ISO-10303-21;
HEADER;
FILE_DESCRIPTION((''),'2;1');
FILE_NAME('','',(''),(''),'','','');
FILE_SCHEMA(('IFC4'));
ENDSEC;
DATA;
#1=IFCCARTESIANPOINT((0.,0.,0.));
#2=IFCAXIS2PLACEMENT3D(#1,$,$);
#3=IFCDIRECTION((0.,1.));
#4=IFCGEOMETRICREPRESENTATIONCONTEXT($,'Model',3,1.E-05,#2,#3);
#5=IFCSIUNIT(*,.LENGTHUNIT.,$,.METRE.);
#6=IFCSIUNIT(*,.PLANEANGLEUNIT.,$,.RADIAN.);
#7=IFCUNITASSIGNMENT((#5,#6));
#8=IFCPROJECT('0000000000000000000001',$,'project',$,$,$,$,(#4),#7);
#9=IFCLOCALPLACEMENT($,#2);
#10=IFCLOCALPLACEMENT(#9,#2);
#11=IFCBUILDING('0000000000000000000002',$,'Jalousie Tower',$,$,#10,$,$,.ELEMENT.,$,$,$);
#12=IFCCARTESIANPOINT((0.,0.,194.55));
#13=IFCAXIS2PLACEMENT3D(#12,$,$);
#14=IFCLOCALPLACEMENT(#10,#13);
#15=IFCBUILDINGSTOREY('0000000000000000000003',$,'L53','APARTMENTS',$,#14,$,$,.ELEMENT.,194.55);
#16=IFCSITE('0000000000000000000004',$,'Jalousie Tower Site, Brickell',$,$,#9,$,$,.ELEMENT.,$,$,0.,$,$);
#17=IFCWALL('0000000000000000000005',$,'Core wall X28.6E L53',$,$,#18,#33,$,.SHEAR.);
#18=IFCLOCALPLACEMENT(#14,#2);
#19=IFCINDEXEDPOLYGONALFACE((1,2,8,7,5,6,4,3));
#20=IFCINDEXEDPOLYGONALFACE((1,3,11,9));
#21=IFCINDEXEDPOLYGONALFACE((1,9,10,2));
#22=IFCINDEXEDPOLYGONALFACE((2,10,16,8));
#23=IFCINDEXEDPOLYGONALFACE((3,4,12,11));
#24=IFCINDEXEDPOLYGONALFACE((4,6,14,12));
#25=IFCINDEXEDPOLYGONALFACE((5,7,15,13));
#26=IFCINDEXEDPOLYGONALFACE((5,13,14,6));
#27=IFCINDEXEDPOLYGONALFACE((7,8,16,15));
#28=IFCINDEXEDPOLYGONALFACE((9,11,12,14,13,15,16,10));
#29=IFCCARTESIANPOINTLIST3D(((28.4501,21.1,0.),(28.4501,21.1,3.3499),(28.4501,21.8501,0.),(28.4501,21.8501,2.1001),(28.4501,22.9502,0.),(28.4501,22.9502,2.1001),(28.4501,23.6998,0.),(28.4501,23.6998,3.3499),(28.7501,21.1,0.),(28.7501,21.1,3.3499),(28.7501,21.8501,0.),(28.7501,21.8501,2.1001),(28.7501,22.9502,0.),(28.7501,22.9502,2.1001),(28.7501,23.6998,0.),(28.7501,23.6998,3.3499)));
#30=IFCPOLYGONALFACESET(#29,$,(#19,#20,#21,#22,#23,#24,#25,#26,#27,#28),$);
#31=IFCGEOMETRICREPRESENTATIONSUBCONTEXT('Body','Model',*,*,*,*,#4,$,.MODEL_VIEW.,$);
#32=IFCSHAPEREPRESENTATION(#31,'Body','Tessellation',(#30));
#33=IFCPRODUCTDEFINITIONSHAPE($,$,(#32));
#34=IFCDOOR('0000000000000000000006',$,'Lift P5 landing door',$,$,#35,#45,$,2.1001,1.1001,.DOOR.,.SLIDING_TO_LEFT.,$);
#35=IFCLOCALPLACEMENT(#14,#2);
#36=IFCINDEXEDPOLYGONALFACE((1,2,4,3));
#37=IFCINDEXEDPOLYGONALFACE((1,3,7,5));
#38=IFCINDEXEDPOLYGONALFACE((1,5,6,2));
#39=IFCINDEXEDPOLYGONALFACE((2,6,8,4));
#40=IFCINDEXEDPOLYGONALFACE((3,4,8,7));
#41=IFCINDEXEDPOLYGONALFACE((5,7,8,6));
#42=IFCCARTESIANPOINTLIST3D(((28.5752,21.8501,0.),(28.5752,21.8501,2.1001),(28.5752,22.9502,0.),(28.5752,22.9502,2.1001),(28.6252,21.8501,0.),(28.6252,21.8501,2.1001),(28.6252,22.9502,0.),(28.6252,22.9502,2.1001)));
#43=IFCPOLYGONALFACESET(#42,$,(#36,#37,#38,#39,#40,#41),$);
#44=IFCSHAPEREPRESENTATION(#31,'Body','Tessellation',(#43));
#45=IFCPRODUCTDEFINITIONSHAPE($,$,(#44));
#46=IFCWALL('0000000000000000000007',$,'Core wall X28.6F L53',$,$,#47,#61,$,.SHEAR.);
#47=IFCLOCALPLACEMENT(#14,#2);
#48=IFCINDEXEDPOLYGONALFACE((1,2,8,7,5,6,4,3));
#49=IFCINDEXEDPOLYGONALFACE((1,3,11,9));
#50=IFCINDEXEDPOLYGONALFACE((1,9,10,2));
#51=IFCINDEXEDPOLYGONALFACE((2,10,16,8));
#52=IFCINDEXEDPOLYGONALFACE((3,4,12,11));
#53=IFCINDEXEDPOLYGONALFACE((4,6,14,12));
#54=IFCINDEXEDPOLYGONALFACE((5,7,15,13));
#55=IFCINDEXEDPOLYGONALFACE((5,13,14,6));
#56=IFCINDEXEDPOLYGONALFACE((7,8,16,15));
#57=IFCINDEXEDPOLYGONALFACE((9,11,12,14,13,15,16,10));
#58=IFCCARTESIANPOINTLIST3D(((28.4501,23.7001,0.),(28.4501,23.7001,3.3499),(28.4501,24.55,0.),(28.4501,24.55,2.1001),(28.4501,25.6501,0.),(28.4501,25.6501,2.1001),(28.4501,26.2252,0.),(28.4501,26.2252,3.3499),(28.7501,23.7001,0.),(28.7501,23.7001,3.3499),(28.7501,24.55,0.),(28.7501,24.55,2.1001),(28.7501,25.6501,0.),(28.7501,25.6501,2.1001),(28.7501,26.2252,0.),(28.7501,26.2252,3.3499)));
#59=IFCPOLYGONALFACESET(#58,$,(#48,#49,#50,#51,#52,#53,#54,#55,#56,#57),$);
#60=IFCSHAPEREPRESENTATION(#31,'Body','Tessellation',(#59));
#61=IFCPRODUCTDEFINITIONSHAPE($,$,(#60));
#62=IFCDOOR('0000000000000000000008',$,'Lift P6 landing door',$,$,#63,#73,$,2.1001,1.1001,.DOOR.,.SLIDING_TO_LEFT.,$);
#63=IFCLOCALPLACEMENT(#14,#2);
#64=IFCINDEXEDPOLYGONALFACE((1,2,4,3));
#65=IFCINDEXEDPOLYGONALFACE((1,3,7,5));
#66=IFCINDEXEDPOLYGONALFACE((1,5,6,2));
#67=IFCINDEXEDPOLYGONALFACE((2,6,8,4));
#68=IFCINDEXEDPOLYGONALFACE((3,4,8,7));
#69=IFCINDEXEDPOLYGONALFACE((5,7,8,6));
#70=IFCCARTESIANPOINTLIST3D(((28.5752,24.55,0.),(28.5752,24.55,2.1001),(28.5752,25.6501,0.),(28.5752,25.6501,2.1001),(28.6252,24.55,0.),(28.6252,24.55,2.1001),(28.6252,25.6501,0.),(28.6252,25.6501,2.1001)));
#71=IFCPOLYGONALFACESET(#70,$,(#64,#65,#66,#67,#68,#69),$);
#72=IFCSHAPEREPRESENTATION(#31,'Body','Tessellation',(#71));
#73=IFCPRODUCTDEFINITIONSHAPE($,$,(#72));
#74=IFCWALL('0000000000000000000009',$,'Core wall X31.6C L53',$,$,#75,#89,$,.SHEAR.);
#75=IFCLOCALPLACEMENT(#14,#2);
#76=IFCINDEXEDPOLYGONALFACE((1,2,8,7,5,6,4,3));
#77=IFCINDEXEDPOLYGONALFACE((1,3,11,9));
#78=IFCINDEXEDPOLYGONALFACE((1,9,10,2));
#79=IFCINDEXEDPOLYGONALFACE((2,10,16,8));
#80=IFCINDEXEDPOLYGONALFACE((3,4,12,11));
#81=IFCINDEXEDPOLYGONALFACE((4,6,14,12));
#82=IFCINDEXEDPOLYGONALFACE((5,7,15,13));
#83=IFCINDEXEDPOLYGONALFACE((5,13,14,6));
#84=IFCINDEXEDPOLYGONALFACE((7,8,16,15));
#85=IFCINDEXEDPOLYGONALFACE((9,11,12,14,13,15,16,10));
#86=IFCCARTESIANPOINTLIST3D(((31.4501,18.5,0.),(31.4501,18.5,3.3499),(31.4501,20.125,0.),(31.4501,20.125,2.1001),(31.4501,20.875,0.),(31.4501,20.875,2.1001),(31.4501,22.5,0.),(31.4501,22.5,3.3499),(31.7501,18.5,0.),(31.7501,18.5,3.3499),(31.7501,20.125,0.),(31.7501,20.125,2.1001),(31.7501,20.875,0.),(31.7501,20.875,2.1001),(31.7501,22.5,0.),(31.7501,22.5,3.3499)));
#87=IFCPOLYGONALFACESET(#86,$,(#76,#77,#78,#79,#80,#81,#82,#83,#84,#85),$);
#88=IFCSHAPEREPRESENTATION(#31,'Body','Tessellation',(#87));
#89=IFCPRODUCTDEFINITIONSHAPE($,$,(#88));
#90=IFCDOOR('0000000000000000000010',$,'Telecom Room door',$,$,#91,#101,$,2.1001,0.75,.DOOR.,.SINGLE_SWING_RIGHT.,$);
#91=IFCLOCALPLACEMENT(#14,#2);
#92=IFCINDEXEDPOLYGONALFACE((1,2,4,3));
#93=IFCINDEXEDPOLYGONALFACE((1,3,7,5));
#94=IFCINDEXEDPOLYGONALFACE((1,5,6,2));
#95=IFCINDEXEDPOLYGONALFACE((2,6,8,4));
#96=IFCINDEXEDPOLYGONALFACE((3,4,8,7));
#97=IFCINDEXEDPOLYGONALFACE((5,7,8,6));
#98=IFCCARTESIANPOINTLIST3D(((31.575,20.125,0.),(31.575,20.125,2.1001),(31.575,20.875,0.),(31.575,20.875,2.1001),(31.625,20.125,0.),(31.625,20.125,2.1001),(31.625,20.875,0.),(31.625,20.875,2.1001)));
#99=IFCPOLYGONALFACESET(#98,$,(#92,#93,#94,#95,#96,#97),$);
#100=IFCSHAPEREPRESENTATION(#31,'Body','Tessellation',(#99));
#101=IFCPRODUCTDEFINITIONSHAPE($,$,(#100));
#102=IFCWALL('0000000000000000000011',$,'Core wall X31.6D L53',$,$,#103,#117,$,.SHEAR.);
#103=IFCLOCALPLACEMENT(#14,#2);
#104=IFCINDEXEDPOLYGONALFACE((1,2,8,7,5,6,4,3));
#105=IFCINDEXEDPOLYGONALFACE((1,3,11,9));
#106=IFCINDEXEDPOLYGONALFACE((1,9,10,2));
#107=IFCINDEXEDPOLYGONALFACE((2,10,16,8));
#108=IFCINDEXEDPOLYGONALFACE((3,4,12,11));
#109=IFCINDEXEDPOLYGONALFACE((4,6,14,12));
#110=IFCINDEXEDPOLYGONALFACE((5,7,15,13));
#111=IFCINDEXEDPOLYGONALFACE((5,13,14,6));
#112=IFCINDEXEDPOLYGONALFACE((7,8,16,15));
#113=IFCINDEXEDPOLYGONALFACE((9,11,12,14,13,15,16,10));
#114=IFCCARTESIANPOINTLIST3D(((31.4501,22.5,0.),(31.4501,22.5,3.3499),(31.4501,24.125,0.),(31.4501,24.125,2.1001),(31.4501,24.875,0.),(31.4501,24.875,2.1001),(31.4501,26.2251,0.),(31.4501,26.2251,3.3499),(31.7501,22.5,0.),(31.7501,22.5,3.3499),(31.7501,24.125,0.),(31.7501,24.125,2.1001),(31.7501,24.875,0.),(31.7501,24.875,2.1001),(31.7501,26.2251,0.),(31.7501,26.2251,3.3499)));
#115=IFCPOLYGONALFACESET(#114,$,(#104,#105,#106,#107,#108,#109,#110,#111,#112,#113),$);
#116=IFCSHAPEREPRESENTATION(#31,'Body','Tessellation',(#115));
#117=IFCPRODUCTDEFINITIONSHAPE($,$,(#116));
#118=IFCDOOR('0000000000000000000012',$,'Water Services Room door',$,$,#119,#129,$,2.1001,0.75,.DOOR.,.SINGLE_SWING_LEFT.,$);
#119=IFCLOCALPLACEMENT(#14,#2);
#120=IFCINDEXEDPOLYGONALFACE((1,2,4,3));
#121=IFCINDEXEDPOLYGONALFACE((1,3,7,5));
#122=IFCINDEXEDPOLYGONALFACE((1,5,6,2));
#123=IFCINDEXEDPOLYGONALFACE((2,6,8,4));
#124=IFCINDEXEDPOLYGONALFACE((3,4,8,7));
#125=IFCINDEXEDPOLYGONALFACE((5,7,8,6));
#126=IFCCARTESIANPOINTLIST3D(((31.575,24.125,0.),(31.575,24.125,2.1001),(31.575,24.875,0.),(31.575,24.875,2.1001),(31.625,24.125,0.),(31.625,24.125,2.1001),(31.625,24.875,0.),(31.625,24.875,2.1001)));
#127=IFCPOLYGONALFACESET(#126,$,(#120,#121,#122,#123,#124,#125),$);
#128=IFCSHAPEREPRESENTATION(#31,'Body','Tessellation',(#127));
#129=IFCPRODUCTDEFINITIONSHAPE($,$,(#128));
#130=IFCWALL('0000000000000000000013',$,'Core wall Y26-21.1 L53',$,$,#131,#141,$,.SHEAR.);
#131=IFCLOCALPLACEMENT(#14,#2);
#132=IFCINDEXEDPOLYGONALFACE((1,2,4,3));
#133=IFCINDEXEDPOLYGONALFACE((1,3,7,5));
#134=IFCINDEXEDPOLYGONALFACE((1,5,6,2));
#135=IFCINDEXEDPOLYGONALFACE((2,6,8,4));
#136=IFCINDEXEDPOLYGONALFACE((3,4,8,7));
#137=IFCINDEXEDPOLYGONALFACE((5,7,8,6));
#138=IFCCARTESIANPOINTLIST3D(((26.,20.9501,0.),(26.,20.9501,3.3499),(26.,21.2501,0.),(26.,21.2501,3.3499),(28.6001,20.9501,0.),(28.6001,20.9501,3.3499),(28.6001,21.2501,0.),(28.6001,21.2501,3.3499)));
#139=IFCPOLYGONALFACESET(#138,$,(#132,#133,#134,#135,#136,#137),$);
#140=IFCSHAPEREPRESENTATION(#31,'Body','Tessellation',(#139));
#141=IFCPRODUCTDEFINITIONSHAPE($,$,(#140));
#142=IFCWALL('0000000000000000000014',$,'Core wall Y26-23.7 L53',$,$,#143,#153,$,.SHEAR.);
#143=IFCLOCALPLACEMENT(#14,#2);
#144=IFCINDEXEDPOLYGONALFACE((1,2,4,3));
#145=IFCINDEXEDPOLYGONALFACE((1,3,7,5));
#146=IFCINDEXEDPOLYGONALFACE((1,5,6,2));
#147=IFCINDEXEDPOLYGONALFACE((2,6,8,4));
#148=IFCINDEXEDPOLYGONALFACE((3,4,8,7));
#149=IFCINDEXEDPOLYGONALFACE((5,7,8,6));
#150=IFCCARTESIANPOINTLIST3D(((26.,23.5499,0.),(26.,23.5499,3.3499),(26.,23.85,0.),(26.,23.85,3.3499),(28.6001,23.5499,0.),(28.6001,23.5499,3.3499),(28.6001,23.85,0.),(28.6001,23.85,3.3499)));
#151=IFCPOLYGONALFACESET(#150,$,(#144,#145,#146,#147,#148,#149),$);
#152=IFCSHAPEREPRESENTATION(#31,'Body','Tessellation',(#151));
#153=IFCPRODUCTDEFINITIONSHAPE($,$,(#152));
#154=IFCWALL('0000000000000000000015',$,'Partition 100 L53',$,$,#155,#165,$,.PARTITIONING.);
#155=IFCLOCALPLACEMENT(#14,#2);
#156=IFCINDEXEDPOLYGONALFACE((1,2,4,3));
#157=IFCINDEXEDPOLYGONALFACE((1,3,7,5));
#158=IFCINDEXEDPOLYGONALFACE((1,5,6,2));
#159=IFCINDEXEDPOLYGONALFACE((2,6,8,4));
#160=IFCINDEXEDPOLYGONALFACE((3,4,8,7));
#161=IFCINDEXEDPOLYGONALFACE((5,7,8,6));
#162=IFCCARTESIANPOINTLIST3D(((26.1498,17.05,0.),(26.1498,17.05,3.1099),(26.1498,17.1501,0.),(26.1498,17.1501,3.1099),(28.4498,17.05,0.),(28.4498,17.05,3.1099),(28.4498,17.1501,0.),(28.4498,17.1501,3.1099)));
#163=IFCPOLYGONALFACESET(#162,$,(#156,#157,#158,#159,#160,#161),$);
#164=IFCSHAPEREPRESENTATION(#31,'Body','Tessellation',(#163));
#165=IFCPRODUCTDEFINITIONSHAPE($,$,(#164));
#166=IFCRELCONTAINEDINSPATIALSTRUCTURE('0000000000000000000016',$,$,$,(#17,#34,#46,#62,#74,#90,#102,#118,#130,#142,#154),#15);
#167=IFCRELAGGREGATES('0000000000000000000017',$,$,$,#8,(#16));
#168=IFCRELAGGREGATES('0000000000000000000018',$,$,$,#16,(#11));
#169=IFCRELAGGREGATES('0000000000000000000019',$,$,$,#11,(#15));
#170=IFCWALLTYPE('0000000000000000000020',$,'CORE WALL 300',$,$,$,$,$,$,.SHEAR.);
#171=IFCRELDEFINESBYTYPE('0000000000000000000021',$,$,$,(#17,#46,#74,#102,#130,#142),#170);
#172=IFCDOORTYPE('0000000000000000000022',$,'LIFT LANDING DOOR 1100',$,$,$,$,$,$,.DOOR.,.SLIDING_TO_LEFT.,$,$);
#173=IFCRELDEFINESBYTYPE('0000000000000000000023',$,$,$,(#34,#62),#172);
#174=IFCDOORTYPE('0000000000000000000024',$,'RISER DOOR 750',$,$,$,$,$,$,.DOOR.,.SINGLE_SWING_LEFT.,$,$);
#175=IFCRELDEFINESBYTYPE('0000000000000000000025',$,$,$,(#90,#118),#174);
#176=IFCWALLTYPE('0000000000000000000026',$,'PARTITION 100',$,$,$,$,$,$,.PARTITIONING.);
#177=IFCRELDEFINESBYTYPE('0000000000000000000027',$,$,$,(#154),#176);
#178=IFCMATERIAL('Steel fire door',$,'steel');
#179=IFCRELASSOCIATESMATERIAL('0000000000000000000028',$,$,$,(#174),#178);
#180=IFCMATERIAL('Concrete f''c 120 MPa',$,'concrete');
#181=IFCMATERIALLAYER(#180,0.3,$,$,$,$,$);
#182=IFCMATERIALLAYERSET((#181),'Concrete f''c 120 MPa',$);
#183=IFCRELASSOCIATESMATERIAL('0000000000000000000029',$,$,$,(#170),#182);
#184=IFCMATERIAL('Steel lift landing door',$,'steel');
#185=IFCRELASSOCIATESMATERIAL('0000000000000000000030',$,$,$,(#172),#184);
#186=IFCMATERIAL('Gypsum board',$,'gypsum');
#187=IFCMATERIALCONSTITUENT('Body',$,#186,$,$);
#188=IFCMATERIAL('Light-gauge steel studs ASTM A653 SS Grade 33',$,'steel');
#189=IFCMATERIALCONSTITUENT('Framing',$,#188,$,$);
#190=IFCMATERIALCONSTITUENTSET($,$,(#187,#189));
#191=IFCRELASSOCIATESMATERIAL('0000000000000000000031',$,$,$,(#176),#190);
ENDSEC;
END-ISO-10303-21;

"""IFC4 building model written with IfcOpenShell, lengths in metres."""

from ifc_helpers import new_model, si_unit, direction, frame, frame_2d, origin, place, context, subcontext, project, spatial, rectangle, extrude, material, layer, layer_set, constituent, constituent_set, type_object, element, fill, save


model = new_model("IFC4")

# Units and contexts
model_context = context("Model", 3, precision=1e-05, world=origin(), true_north=direction((0.0, 1.0)))
body_context = subcontext(model_context, "Body", "Model", "MODEL_VIEW")
ifc_project = project(units=[si_unit("LENGTHUNIT", "METRE"), si_unit("PLANEANGLEUNIT", "RADIAN")], contexts=[model_context])

# Site, building, storey
site_placement = place(None, origin())
site = spatial("IfcSite", under=ifc_project, at=site_placement, Name="Jalousie Tower Site, Brickell", CompositionType="ELEMENT", RefElevation=0.0)
building_placement = place(site_placement, origin())
building = spatial("IfcBuilding", under=site, at=building_placement, Name="Jalousie Tower", CompositionType="ELEMENT")
storey_placement = place(building_placement, frame((0.0, 0.0, 194.55)))
storey = spatial("IfcBuildingStorey", under=building, at=storey_placement, Name="L53", Description="APARTMENTS", CompositionType="ELEMENT", Elevation=194.55)

# Shared definitions
ifc_material_1 = material(Name="Steel fire door", Category="steel")
door_type_1 = type_object("IfcDoorType", Name="RISER DOOR 750", OperationType="SINGLE_SWING_LEFT", PredefinedType="DOOR", material=ifc_material_1)

# Shared definitions
ifc_material_2 = material(Name="Concrete f'c 120 MPa", Category="concrete")
ifc_layer_1 = layer(ifc_material_2, 0.3)
ifc_layer_set_1 = layer_set([ifc_layer_1], Name="Concrete f'c 120 MPa")
wall_type_1 = type_object("IfcWallType", Name="CORE WALL 300", PredefinedType="SHEAR", material=ifc_layer_set_1)

# Walls, openings, doors
ifc_material_3 = material(Name="Steel lift landing door", Category="steel")
door_type_2 = type_object("IfcDoorType", Name="LIFT LANDING DOOR 1100", OperationType="SLIDING_TO_LEFT", PredefinedType="DOOR", material=ifc_material_3)
wall_1_placement = place(storey_placement, frame((28.6001, 21.1001, 0.0), z_axis=(0.0, 0.0, 1.0), x_axis=(0.0, 1.0, 0.0)))
wall_1 = element("IfcWall", 1, at=wall_1_placement, inside=storey, type_object=wall_type_1, Name="Core wall X28.6E L53", PredefinedType="SHEAR", context=body_context, shape_type="SweptSolid", body=[
    extrude(rectangle(XDim=2.5999, YDim=0.3, at=frame_2d((1.2998, 0.0))), origin(), (0.0, 0.0, 1.0), 3.3499),
])
opening_1_placement = place(wall_1_placement, frame((0.75, 0.0, 0.0)))
opening_1 = element("IfcOpeningElement", 2, at=opening_1_placement, cuts=wall_1, PredefinedType="OPENING", context=body_context, shape_type="SweptSolid", body=[
    extrude(rectangle(XDim=1.1001, YDim=2.1001, at=frame_2d((0.55, 1.05))), frame((0.0, 0.1599, 0.0), z_axis=(0.0, -1.0, 0.0), x_axis=(1.0, 0.0, 0.0)), (0.0, 0.0, 1.0), 0.3201),
])
door_1_placement = place(opening_1_placement, origin())
door_1 = element("IfcDoor", 3, at=door_1_placement, inside=storey, type_object=door_type_2, Name="Lift P5 landing door", OperationType="SLIDING_TO_LEFT", OverallHeight=2.1001, OverallWidth=1.1001, PredefinedType="DOOR", context=body_context, shape_type="SweptSolid", body=[
    extrude(rectangle(XDim=1.1001, YDim=2.1001, at=frame_2d((0.55, 1.05))), frame((0.0, 0.0249, 0.0), z_axis=(0.0, -1.0, 0.0), x_axis=(1.0, 0.0, 0.0)), (0.0, 0.0, 1.0), 0.05),
])
fill(opening_1, door_1)
wall_2_placement = place(storey_placement, frame((28.6001, 23.7, 0.0), z_axis=(0.0, 0.0, 1.0), x_axis=(0.0, 1.0, 0.0)))
wall_2 = element("IfcWall", 4, at=wall_2_placement, inside=storey, type_object=wall_type_1, Name="Core wall X28.6F L53", PredefinedType="SHEAR", context=body_context, shape_type="SweptSolid", body=[
    extrude(rectangle(XDim=2.5251, YDim=0.3, at=frame_2d((1.2627, 0.0))), origin(), (0.0, 0.0, 1.0), 3.3499),
])
opening_2_placement = place(wall_2_placement, frame((0.8501, 0.0, 0.0)))
opening_2 = element("IfcOpeningElement", 5, at=opening_2_placement, cuts=wall_2, PredefinedType="OPENING", context=body_context, shape_type="SweptSolid", body=[
    extrude(rectangle(XDim=1.1001, YDim=2.1001, at=frame_2d((0.55, 1.05))), frame((0.0, 0.1599, 0.0), z_axis=(0.0, -1.0, 0.0), x_axis=(1.0, 0.0, 0.0)), (0.0, 0.0, 1.0), 0.3201),
])
door_2_placement = place(opening_2_placement, origin())
door_2 = element("IfcDoor", 6, at=door_2_placement, inside=storey, type_object=door_type_2, Name="Lift P6 landing door", OperationType="SLIDING_TO_LEFT", OverallHeight=2.1001, OverallWidth=1.1001, PredefinedType="DOOR", context=body_context, shape_type="SweptSolid", body=[
    extrude(rectangle(XDim=1.1001, YDim=2.1001, at=frame_2d((0.55, 1.05))), frame((0.0, 0.0249, 0.0), z_axis=(0.0, -1.0, 0.0), x_axis=(1.0, 0.0, 0.0)), (0.0, 0.0, 1.0), 0.05),
])
fill(opening_2, door_2)
wall_3_placement = place(storey_placement, frame((31.6001, 18.5, 0.0), z_axis=(0.0, 0.0, 1.0), x_axis=(0.0, 1.0, 0.0)))
wall_3 = element("IfcWall", 7, at=wall_3_placement, inside=storey, type_object=wall_type_1, Name="Core wall X31.6C L53", PredefinedType="SHEAR", context=body_context, shape_type="SweptSolid", body=[
    extrude(rectangle(XDim=4.0, YDim=0.3, at=frame_2d((2.0, 0.0))), origin(), (0.0, 0.0, 1.0), 3.3499),
])
opening_3_placement = place(wall_3_placement, frame((1.625, 0.0, 0.0)))
opening_3 = element("IfcOpeningElement", 8, at=opening_3_placement, cuts=wall_3, PredefinedType="OPENING", context=body_context, shape_type="SweptSolid", body=[
    extrude(rectangle(XDim=0.75, YDim=2.1001, at=frame_2d((0.375, 1.05))), frame((0.0, 0.1599, 0.0), z_axis=(0.0, -1.0, 0.0), x_axis=(1.0, 0.0, 0.0)), (0.0, 0.0, 1.0), 0.3201),
])
door_3_placement = place(opening_3_placement, frame((0.75, 0.0, 0.0), z_axis=(0.0, 0.0, 1.0), x_axis=(-1.0, 0.0, 0.0)))
door_3 = element("IfcDoor", 9, at=door_3_placement, inside=storey, type_object=door_type_1, Name="Telecom Room door", OperationType="SINGLE_SWING_RIGHT", OverallHeight=2.1001, OverallWidth=0.75, PredefinedType="DOOR", context=body_context, shape_type="SweptSolid", body=[
    extrude(rectangle(XDim=0.75, YDim=2.1001, at=frame_2d((0.375, 1.05))), frame((0.0, 0.0249, 0.0), z_axis=(0.0, -1.0, 0.0), x_axis=(1.0, 0.0, 0.0)), (0.0, 0.0, 1.0), 0.05),
])
fill(opening_3, door_3)
wall_4_placement = place(storey_placement, frame((31.6001, 22.5, 0.0), z_axis=(0.0, 0.0, 1.0), x_axis=(0.0, 1.0, 0.0)))
wall_4 = element("IfcWall", 10, at=wall_4_placement, inside=storey, type_object=wall_type_1, Name="Core wall X31.6D L53", PredefinedType="SHEAR", context=body_context, shape_type="SweptSolid", body=[
    extrude(rectangle(XDim=3.7251, YDim=0.3, at=frame_2d((1.8625, 0.0))), origin(), (0.0, 0.0, 1.0), 3.3499),
])
opening_4_placement = place(wall_4_placement, frame((1.625, 0.0, 0.0)))
opening_4 = element("IfcOpeningElement", 11, at=opening_4_placement, cuts=wall_4, PredefinedType="OPENING", context=body_context, shape_type="SweptSolid", body=[
    extrude(rectangle(XDim=0.75, YDim=2.1001, at=frame_2d((0.375, 1.05))), frame((0.0, 0.1599, 0.0), z_axis=(0.0, -1.0, 0.0), x_axis=(1.0, 0.0, 0.0)), (0.0, 0.0, 1.0), 0.3201),
])
door_4_placement = place(opening_4_placement, frame((0.75, 0.0, 0.0), z_axis=(0.0, 0.0, 1.0), x_axis=(-1.0, 0.0, 0.0)))
door_4 = element("IfcDoor", 12, at=door_4_placement, inside=storey, type_object=door_type_1, Name="Water Services Room door", OperationType="SINGLE_SWING_LEFT", OverallHeight=2.1001, OverallWidth=0.75, PredefinedType="DOOR", context=body_context, shape_type="SweptSolid", body=[
    extrude(rectangle(XDim=0.75, YDim=2.1001, at=frame_2d((0.375, 1.05))), frame((0.0, 0.0249, 0.0), z_axis=(0.0, -1.0, 0.0), x_axis=(1.0, 0.0, 0.0)), (0.0, 0.0, 1.0), 0.05),
])
fill(opening_4, door_4)

# Walls
for number, where, z_axis, x_axis, name in (
    (13, (26.0, 21.1001, 0.0), (0.0, 0.0, 1.0), (1.0, 0.0, 0.0), "Core wall Y26-21.1 L53"),
    (14, (26.0, 23.7, 0.0), (0.0, 0.0, 1.0), (1.0, 0.0, 0.0), "Core wall Y26-23.7 L53"),
):
    element("IfcWall", number, at=place(storey_placement, frame(where, z_axis=z_axis, x_axis=x_axis)), inside=storey, type_object=wall_type_1, Name=name, PredefinedType="SHEAR", context=body_context, shape_type="SweptSolid", body=[
        extrude(rectangle(XDim=2.6001, YDim=0.3, at=frame_2d((1.3, 0.0))), origin(), (0.0, 0.0, 1.0), 3.3499),
    ])
ifc_material_4 = material(Name="Gypsum board", Category="gypsum")
ifc_constituent_1 = constituent(ifc_material_4, Name="Body")
ifc_material_5 = material(Name="Light-gauge steel studs ASTM A653 SS Grade 33", Category="steel")
ifc_constituent_2 = constituent(ifc_material_5, Name="Framing")
ifc_constituent_set = constituent_set(constituents=[ifc_constituent_1, ifc_constituent_2])
wall_type_2 = type_object("IfcWallType", Name="PARTITION 100", PredefinedType="PARTITIONING", material=ifc_constituent_set)
wall_5_placement = place(storey_placement, frame((26.1499, 17.1001, 0.0), z_axis=(0.0, 0.0, 1.0), x_axis=(1.0, 0.0, 0.0)))
element("IfcWall", 15, at=wall_5_placement, inside=storey, type_object=wall_type_2, Name="Partition 100 L53", PredefinedType="PARTITIONING", context=body_context, shape_type="SweptSolid", body=[
    extrude(rectangle(XDim=2.3, YDim=0.1001, at=frame_2d((1.1499, 0.0))), origin(), (0.0, 0.0, 1.0), 3.1099),
])

save(model, "model.ifc")
